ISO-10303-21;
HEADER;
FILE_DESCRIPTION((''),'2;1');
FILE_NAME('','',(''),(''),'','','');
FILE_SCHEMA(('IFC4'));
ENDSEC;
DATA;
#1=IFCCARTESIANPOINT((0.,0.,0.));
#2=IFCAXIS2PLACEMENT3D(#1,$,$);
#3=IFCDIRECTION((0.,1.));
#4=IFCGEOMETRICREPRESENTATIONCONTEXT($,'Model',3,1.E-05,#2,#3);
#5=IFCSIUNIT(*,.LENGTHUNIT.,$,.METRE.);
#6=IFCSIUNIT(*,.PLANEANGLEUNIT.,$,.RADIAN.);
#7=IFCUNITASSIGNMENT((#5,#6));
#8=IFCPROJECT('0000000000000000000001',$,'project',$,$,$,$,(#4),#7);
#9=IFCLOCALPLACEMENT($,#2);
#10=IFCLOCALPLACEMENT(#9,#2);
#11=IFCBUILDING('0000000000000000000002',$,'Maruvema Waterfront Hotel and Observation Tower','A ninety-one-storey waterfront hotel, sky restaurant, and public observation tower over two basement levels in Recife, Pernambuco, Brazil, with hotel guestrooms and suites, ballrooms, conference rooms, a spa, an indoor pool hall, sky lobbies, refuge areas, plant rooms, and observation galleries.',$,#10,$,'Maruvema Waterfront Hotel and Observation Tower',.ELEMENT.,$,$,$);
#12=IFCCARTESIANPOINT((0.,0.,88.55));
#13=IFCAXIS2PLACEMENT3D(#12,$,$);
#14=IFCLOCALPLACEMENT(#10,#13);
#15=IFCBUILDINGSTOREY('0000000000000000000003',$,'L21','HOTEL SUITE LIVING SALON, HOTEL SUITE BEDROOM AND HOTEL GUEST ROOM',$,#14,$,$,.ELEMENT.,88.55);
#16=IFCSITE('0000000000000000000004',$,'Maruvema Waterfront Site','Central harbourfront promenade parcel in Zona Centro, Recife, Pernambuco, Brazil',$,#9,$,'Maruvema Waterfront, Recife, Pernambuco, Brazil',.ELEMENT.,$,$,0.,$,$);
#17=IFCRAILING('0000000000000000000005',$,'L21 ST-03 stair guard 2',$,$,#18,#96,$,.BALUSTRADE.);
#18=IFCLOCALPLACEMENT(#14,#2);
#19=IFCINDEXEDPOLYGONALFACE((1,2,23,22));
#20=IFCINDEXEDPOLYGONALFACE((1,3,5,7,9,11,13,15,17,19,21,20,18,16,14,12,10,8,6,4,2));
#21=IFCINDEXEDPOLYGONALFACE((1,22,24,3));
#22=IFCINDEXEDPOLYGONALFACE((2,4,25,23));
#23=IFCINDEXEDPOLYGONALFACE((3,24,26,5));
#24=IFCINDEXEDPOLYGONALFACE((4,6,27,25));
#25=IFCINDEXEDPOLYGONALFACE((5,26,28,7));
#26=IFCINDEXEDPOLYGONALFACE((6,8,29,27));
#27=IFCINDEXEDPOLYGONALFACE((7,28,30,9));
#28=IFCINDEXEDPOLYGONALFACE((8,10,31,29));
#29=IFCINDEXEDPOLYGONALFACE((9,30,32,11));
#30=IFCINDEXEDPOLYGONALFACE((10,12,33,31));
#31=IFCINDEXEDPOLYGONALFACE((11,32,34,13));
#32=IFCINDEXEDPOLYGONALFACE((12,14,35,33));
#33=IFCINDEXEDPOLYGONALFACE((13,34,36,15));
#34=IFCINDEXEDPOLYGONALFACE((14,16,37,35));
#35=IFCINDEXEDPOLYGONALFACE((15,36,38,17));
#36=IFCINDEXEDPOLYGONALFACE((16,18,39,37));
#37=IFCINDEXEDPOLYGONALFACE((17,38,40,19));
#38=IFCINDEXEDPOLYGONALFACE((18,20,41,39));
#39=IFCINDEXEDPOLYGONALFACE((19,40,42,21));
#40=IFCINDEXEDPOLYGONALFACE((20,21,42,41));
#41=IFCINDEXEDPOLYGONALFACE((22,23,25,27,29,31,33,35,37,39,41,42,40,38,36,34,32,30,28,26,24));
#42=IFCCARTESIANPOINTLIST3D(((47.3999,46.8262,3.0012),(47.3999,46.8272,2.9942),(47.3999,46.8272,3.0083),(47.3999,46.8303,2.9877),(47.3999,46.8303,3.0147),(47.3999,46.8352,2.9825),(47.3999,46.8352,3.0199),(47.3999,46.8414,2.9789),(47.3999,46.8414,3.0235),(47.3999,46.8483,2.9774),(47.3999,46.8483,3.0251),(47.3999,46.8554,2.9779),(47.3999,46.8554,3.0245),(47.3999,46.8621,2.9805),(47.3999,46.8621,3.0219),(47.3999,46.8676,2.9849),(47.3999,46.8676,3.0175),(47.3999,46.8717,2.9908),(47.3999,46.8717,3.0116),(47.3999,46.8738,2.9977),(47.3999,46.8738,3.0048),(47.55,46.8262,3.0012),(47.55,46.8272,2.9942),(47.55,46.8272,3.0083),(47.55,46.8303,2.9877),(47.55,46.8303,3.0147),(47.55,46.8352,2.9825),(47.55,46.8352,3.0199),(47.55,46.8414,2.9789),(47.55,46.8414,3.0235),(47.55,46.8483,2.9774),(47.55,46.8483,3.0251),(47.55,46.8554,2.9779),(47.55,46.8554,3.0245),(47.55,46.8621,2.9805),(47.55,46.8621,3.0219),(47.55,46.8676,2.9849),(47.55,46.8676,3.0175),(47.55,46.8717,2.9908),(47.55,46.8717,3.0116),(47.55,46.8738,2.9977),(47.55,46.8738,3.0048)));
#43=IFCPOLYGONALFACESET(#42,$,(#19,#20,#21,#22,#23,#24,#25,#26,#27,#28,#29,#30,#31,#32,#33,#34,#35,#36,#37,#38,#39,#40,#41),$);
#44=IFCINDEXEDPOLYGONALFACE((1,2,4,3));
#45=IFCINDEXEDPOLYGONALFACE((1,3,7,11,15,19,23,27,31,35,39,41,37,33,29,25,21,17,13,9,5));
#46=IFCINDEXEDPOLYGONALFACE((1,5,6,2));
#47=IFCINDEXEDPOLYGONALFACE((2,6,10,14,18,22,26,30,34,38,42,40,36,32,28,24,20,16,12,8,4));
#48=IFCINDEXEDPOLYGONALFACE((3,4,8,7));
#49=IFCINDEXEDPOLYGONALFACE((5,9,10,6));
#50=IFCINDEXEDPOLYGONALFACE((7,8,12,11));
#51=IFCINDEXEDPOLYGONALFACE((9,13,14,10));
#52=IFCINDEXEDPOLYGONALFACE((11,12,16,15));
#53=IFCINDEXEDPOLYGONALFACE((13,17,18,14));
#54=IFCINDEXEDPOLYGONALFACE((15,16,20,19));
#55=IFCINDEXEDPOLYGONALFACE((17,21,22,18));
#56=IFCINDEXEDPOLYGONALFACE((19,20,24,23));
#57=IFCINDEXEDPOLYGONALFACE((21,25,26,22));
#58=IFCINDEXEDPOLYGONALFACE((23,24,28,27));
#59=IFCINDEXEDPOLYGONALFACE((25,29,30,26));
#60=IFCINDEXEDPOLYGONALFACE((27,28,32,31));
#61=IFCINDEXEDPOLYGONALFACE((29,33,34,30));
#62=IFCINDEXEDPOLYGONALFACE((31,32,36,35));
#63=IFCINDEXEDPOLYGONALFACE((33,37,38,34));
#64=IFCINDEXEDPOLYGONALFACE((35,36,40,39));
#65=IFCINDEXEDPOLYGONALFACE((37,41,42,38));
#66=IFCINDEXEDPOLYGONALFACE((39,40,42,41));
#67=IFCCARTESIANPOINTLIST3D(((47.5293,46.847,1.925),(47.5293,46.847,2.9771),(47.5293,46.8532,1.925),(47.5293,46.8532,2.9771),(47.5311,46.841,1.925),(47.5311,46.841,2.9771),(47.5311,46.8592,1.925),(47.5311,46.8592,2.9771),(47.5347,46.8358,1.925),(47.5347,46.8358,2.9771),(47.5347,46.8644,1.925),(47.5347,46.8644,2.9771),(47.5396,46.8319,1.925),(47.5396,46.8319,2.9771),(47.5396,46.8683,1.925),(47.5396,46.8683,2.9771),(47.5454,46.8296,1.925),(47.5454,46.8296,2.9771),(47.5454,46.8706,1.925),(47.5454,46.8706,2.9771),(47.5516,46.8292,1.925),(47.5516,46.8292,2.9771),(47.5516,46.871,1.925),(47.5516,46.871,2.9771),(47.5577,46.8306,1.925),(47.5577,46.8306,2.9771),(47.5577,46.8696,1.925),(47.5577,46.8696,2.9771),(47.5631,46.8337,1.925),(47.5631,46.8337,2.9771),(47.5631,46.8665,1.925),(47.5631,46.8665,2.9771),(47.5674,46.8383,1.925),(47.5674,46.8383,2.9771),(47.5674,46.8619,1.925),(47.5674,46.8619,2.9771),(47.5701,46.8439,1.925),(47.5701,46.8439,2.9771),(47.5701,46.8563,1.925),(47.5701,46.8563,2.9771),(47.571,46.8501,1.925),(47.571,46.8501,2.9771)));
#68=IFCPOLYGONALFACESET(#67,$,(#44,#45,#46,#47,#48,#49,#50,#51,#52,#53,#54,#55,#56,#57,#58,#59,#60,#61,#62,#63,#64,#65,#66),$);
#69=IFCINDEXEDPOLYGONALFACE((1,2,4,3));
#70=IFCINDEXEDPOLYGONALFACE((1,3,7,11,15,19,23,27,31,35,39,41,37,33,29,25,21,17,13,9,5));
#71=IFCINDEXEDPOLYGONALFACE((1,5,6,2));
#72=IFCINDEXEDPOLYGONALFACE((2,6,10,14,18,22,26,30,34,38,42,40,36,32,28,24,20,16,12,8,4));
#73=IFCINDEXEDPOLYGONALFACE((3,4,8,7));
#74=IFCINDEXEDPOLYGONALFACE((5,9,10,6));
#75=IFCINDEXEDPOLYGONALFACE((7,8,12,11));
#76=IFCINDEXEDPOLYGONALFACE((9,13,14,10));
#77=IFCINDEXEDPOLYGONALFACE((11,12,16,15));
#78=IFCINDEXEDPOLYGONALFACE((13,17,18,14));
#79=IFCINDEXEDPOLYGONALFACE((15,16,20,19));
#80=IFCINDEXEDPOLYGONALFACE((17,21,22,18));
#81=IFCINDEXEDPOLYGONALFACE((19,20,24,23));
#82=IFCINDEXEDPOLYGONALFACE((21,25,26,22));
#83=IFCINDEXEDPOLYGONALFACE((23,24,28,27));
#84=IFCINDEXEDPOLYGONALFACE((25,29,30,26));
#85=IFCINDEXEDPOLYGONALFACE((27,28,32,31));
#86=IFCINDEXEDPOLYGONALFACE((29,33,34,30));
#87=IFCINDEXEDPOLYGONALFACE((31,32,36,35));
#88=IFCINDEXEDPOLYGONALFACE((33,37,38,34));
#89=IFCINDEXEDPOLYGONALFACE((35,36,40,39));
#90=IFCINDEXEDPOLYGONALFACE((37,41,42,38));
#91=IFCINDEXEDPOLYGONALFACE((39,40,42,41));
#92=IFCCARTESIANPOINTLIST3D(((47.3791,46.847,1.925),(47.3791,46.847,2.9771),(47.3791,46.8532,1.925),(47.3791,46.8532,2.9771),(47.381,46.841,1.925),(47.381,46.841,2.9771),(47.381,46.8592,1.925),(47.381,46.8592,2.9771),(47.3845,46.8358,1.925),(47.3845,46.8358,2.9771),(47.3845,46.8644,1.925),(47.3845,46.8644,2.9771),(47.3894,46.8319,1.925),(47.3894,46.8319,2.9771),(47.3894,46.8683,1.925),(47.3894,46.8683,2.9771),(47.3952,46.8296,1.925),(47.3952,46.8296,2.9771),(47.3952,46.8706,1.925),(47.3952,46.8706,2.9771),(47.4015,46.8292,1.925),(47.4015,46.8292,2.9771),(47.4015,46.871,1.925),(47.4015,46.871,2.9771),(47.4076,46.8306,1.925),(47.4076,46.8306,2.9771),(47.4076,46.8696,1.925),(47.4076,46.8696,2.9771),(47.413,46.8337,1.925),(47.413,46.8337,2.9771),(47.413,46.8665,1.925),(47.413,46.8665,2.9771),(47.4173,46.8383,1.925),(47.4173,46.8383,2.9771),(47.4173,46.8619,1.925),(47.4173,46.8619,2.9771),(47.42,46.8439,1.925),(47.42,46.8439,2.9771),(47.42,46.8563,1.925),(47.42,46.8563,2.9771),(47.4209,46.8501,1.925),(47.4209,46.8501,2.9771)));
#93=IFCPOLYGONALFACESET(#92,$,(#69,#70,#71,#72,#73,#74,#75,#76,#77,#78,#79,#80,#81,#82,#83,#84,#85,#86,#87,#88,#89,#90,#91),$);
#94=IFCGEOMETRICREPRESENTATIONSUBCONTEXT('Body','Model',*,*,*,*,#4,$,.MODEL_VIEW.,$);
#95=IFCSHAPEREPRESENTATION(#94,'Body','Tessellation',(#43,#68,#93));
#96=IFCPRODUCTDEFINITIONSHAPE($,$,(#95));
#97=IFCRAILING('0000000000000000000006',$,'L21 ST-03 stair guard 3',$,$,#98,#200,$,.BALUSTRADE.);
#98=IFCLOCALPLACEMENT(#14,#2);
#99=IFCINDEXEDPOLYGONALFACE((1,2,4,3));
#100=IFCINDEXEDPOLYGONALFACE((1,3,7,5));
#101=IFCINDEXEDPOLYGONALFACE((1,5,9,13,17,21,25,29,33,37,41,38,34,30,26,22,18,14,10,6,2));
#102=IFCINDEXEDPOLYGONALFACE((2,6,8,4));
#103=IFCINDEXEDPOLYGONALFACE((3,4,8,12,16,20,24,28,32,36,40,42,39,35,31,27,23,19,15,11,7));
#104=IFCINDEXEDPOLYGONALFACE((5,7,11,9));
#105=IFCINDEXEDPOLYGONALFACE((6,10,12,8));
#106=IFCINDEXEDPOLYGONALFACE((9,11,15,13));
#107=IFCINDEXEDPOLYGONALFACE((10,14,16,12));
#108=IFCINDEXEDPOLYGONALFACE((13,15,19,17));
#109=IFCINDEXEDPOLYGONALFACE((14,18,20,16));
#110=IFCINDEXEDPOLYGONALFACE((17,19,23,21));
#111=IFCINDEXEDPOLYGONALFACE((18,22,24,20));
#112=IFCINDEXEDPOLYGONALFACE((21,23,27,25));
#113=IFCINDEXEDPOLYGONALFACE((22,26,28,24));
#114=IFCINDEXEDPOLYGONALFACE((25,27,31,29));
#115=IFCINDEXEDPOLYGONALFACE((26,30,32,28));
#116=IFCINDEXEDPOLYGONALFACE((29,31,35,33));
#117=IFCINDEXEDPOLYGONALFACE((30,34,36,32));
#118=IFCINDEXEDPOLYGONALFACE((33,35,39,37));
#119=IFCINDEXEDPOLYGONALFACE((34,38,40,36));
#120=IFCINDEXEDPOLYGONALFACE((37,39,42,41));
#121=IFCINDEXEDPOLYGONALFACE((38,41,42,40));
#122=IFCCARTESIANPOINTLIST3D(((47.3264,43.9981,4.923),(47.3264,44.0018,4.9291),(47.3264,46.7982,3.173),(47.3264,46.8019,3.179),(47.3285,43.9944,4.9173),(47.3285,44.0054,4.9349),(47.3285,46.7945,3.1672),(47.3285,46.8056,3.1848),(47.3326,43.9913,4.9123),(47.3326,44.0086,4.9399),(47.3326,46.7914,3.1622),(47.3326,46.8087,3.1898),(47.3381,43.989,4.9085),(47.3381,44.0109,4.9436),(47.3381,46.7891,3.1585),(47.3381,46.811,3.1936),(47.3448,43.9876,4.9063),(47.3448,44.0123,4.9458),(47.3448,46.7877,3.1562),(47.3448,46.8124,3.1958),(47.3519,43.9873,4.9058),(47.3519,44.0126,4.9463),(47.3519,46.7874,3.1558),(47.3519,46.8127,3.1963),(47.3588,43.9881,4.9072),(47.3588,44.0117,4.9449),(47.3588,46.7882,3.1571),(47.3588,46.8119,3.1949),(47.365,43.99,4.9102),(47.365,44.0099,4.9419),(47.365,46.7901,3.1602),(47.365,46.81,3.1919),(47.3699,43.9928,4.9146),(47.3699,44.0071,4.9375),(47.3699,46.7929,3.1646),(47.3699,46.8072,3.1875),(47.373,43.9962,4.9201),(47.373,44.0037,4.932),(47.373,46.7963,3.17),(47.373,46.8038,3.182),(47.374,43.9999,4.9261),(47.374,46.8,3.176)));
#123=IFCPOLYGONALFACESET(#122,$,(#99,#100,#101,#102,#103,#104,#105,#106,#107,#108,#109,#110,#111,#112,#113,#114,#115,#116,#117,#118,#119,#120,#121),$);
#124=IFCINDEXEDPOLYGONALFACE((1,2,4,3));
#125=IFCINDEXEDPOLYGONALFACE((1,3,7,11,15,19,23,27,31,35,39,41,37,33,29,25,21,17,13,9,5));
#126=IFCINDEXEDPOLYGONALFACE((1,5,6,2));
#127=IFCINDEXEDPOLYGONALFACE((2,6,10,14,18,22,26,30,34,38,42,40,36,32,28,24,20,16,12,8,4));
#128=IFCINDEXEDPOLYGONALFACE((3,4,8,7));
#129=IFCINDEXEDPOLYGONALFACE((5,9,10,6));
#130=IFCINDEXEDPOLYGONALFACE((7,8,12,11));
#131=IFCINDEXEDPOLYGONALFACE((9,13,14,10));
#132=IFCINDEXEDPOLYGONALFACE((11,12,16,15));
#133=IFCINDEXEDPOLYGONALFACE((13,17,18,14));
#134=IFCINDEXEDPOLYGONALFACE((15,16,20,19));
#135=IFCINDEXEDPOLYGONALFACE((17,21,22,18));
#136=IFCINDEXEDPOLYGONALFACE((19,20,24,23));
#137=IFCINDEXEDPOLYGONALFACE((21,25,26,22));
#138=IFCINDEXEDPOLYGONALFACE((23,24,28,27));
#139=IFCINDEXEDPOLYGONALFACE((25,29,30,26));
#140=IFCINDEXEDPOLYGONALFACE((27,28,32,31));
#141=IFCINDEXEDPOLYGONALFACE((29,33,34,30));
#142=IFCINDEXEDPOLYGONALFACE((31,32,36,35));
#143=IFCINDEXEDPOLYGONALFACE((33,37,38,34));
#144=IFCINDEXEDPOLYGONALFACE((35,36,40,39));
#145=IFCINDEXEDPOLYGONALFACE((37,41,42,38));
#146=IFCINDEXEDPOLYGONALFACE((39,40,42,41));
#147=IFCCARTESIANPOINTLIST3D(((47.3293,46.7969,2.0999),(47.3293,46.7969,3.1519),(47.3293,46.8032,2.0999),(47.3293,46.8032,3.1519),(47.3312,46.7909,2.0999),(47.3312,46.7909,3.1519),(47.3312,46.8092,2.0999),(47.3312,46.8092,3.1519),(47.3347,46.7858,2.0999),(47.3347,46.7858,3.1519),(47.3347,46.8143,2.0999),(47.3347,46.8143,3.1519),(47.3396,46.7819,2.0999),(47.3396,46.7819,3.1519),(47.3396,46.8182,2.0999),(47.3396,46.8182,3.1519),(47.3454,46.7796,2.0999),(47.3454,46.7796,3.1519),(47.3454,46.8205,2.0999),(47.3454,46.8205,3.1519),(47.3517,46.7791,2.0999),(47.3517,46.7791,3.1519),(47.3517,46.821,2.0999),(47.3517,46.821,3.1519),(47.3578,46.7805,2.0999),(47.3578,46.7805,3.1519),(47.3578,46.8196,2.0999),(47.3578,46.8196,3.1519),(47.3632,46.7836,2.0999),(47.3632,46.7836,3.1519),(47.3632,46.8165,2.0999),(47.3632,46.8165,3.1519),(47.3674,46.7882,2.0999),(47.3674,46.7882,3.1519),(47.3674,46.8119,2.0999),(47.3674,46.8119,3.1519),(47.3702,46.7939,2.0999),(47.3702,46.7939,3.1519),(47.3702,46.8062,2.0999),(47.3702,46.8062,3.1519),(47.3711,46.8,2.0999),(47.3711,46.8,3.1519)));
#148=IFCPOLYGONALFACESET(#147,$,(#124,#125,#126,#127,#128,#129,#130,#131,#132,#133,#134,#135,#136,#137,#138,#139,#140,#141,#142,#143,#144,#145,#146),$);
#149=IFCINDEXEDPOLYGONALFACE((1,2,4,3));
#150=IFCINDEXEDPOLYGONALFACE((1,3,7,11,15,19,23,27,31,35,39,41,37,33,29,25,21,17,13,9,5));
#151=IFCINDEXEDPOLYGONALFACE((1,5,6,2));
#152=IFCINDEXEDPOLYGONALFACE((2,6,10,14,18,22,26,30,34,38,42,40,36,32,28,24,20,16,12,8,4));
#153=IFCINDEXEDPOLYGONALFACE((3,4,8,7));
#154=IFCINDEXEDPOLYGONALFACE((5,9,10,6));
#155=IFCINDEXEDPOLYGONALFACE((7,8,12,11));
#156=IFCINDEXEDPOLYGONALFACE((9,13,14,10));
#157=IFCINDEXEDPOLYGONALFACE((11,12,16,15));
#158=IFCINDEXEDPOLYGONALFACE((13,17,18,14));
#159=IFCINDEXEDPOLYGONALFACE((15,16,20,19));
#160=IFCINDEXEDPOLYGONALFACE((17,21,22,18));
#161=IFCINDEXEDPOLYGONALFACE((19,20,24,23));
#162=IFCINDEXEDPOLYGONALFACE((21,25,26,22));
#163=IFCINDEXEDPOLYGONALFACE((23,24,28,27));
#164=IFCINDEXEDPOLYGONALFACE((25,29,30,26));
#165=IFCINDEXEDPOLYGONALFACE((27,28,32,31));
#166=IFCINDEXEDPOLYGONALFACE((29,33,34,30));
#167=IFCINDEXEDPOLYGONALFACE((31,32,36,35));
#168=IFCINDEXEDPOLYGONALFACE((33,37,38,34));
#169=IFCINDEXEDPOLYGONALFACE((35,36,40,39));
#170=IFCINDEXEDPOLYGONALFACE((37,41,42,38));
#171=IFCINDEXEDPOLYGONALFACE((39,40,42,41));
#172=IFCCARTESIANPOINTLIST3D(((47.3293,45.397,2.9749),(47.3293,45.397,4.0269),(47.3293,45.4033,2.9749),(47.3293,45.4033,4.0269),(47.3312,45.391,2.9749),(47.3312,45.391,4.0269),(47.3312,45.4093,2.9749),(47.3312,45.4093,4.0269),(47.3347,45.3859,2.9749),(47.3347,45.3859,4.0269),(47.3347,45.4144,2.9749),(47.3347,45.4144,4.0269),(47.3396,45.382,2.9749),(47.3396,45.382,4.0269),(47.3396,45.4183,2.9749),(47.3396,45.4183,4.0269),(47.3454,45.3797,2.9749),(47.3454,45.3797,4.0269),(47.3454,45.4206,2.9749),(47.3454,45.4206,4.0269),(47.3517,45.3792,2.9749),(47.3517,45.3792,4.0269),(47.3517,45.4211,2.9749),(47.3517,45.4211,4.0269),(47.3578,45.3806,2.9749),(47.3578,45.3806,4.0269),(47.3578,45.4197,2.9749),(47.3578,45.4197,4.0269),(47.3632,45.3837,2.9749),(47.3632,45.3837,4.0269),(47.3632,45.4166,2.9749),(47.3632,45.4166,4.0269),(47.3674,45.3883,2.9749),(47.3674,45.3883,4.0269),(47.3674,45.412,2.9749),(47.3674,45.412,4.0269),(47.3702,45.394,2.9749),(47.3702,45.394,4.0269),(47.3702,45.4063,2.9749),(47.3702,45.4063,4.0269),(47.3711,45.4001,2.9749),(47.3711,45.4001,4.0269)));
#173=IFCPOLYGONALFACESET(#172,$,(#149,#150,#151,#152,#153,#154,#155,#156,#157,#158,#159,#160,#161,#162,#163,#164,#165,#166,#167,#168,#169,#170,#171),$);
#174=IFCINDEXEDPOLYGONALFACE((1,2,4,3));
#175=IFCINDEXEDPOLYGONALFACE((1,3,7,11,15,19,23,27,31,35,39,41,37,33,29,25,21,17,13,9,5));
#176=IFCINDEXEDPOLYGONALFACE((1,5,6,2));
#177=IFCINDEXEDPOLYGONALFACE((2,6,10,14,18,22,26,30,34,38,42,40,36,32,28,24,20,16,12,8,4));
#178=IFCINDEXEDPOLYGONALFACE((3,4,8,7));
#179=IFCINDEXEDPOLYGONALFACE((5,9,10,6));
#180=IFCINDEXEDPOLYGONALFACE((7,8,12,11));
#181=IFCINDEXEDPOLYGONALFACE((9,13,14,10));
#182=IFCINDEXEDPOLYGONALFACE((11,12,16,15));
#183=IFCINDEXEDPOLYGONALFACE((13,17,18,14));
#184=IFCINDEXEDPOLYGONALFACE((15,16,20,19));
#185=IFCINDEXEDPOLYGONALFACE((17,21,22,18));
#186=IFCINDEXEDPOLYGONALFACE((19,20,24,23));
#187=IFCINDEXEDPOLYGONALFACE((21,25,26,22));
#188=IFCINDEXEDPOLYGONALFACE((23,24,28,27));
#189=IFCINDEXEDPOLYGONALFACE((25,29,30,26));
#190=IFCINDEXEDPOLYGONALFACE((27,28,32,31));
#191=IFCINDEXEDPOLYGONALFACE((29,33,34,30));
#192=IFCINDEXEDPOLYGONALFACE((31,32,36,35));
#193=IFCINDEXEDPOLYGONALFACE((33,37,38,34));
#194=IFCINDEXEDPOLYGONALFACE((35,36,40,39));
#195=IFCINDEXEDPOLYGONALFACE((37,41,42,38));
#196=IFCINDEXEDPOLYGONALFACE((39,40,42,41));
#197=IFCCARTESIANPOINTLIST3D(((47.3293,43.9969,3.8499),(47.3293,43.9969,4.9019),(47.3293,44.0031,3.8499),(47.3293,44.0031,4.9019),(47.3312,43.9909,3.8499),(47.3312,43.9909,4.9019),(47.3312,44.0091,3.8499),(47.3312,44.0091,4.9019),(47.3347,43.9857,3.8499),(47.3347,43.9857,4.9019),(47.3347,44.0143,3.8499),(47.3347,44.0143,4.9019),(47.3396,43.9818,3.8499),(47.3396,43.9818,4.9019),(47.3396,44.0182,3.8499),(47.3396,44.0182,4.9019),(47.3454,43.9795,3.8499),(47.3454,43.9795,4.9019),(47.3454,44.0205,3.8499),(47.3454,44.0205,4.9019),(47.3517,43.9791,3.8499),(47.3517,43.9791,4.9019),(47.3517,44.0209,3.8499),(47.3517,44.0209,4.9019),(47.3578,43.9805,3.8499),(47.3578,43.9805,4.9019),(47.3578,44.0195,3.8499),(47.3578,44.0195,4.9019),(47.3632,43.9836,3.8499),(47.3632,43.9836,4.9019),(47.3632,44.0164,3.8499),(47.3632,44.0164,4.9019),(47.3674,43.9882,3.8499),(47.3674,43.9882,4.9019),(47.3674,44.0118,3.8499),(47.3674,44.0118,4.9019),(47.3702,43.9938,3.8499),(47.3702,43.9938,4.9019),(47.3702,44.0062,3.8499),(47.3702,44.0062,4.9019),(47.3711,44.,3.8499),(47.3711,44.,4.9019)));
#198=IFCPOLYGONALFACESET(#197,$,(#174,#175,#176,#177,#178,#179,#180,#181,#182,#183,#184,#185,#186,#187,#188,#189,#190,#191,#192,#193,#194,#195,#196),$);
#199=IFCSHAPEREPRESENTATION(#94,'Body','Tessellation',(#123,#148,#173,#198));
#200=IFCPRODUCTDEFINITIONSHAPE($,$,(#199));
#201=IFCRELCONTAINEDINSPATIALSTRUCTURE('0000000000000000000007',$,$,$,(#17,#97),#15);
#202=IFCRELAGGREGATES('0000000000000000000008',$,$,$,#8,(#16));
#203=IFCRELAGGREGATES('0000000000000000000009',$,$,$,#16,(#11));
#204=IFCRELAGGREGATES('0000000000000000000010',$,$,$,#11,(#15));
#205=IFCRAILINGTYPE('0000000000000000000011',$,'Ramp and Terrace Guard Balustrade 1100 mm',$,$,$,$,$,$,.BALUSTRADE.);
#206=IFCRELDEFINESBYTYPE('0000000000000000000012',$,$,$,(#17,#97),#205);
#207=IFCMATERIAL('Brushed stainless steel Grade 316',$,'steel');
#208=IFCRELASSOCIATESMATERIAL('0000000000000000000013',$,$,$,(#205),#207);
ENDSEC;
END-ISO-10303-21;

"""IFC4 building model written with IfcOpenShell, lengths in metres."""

from ifc_helpers import new_model, si_unit, direction, frame, origin, origin_2d, place, context, subcontext, project, spatial, circle, extrude, material, type_object, element, save


model = new_model("IFC4")

# Units and contexts
model_context = context("Model", 3, precision=1e-05, world=origin(), true_north=direction((0.0, 1.0)))
body_context = subcontext(model_context, "Body", "Model", "MODEL_VIEW")
ifc_project = project(units=[si_unit("LENGTHUNIT", "METRE"), si_unit("PLANEANGLEUNIT", "RADIAN")], contexts=[model_context])

# Site, building, storey
site_placement = place(None, origin())
site = spatial("IfcSite", under=ifc_project, at=site_placement, Name="Maruvema Waterfront Site", Description="Central harbourfront promenade parcel in Zona Centro, Recife, Pernambuco, Brazil", LongName="Maruvema Waterfront, Recife, Pernambuco, Brazil", CompositionType="ELEMENT", RefElevation=0.0)
building_placement = place(site_placement, origin())
building = spatial("IfcBuilding", under=site, at=building_placement, Name="Maruvema Waterfront Hotel and Observation Tower", Description="A ninety-one-storey waterfront hotel, sky restaurant, and public observation tower over two basement levels in Recife, Pernambuco, Brazil, with hotel guestrooms and suites, ballrooms, conference rooms, a spa, an indoor pool hall, sky lobbies, refuge areas, plant rooms, and observation galleries.", LongName="Maruvema Waterfront Hotel and Observation Tower", CompositionType="ELEMENT")
storey_placement = place(building_placement, frame((0.0, 0.0, 88.55)))
storey = spatial("IfcBuildingStorey", under=building, at=storey_placement, Name="L21", Description="HOTEL SUITE LIVING SALON, HOTEL SUITE BEDROOM AND HOTEL GUEST ROOM", CompositionType="ELEMENT", Elevation=88.55)

# Railings
ifc_material_1 = material(Name="Brushed stainless steel Grade 316", Category="steel")
railing_type_1 = type_object("IfcRailingType", Name="Ramp and Terrace Guard Balustrade 1100 mm", PredefinedType="BALUSTRADE", material=ifc_material_1)
railing_1_placement = place(storey_placement, frame((47.55, 46.8501, 1.925)))
element("IfcRailing", 1, at=railing_1_placement, inside=storey, type_object=railing_type_1, Name="L21 ST-03 stair guard 2", PredefinedType="BALUSTRADE", context=body_context, shape_type="SweptSolid", body=[
    extrude(circle(Radius=0.0239, at=origin_2d()), frame((0.0, 0.0, 1.0762), z_axis=(-1.0, 0.0, 0.0), x_axis=(0.0, -1.0, 0.0)), (0.0, 0.0, 1.0), 0.1501),
    extrude(circle(Radius=0.021, at=origin_2d()), origin(), (0.0, 0.0, 1.0), 1.052),
    extrude(circle(Radius=0.021, at=origin_2d()), frame((-0.1501, 0.0, 0.0)), (0.0, 0.0, 1.0), 1.052),
])
railing_2_placement = place(storey_placement, frame((47.3501, 46.8, 2.0999)))
element("IfcRailing", 2, at=railing_2_placement, inside=storey, type_object=railing_type_1, Name="L21 ST-03 stair guard 3", PredefinedType="BALUSTRADE", context=body_context, shape_type="SweptSolid", body=[
    extrude(circle(Radius=0.0239, at=origin_2d()), frame((0.0, 0.0, 1.0762), z_axis=(0.0, -0.848002, 0.529992), x_axis=(1.0, 0.0, 0.0)), (0.0, 0.0, 1.0), 3.302),
    extrude(circle(Radius=0.021, at=origin_2d()), origin(), (0.0, 0.0, 1.0), 1.052),
    extrude(circle(Radius=0.021, at=origin_2d()), frame((0.0, -1.3999, 0.875)), (0.0, 0.0, 1.0), 1.052),
    extrude(circle(Radius=0.021, at=origin_2d()), frame((0.0, -2.8, 1.75)), (0.0, 0.0, 1.0), 1.052),
])

save(model, "model.ifc")
